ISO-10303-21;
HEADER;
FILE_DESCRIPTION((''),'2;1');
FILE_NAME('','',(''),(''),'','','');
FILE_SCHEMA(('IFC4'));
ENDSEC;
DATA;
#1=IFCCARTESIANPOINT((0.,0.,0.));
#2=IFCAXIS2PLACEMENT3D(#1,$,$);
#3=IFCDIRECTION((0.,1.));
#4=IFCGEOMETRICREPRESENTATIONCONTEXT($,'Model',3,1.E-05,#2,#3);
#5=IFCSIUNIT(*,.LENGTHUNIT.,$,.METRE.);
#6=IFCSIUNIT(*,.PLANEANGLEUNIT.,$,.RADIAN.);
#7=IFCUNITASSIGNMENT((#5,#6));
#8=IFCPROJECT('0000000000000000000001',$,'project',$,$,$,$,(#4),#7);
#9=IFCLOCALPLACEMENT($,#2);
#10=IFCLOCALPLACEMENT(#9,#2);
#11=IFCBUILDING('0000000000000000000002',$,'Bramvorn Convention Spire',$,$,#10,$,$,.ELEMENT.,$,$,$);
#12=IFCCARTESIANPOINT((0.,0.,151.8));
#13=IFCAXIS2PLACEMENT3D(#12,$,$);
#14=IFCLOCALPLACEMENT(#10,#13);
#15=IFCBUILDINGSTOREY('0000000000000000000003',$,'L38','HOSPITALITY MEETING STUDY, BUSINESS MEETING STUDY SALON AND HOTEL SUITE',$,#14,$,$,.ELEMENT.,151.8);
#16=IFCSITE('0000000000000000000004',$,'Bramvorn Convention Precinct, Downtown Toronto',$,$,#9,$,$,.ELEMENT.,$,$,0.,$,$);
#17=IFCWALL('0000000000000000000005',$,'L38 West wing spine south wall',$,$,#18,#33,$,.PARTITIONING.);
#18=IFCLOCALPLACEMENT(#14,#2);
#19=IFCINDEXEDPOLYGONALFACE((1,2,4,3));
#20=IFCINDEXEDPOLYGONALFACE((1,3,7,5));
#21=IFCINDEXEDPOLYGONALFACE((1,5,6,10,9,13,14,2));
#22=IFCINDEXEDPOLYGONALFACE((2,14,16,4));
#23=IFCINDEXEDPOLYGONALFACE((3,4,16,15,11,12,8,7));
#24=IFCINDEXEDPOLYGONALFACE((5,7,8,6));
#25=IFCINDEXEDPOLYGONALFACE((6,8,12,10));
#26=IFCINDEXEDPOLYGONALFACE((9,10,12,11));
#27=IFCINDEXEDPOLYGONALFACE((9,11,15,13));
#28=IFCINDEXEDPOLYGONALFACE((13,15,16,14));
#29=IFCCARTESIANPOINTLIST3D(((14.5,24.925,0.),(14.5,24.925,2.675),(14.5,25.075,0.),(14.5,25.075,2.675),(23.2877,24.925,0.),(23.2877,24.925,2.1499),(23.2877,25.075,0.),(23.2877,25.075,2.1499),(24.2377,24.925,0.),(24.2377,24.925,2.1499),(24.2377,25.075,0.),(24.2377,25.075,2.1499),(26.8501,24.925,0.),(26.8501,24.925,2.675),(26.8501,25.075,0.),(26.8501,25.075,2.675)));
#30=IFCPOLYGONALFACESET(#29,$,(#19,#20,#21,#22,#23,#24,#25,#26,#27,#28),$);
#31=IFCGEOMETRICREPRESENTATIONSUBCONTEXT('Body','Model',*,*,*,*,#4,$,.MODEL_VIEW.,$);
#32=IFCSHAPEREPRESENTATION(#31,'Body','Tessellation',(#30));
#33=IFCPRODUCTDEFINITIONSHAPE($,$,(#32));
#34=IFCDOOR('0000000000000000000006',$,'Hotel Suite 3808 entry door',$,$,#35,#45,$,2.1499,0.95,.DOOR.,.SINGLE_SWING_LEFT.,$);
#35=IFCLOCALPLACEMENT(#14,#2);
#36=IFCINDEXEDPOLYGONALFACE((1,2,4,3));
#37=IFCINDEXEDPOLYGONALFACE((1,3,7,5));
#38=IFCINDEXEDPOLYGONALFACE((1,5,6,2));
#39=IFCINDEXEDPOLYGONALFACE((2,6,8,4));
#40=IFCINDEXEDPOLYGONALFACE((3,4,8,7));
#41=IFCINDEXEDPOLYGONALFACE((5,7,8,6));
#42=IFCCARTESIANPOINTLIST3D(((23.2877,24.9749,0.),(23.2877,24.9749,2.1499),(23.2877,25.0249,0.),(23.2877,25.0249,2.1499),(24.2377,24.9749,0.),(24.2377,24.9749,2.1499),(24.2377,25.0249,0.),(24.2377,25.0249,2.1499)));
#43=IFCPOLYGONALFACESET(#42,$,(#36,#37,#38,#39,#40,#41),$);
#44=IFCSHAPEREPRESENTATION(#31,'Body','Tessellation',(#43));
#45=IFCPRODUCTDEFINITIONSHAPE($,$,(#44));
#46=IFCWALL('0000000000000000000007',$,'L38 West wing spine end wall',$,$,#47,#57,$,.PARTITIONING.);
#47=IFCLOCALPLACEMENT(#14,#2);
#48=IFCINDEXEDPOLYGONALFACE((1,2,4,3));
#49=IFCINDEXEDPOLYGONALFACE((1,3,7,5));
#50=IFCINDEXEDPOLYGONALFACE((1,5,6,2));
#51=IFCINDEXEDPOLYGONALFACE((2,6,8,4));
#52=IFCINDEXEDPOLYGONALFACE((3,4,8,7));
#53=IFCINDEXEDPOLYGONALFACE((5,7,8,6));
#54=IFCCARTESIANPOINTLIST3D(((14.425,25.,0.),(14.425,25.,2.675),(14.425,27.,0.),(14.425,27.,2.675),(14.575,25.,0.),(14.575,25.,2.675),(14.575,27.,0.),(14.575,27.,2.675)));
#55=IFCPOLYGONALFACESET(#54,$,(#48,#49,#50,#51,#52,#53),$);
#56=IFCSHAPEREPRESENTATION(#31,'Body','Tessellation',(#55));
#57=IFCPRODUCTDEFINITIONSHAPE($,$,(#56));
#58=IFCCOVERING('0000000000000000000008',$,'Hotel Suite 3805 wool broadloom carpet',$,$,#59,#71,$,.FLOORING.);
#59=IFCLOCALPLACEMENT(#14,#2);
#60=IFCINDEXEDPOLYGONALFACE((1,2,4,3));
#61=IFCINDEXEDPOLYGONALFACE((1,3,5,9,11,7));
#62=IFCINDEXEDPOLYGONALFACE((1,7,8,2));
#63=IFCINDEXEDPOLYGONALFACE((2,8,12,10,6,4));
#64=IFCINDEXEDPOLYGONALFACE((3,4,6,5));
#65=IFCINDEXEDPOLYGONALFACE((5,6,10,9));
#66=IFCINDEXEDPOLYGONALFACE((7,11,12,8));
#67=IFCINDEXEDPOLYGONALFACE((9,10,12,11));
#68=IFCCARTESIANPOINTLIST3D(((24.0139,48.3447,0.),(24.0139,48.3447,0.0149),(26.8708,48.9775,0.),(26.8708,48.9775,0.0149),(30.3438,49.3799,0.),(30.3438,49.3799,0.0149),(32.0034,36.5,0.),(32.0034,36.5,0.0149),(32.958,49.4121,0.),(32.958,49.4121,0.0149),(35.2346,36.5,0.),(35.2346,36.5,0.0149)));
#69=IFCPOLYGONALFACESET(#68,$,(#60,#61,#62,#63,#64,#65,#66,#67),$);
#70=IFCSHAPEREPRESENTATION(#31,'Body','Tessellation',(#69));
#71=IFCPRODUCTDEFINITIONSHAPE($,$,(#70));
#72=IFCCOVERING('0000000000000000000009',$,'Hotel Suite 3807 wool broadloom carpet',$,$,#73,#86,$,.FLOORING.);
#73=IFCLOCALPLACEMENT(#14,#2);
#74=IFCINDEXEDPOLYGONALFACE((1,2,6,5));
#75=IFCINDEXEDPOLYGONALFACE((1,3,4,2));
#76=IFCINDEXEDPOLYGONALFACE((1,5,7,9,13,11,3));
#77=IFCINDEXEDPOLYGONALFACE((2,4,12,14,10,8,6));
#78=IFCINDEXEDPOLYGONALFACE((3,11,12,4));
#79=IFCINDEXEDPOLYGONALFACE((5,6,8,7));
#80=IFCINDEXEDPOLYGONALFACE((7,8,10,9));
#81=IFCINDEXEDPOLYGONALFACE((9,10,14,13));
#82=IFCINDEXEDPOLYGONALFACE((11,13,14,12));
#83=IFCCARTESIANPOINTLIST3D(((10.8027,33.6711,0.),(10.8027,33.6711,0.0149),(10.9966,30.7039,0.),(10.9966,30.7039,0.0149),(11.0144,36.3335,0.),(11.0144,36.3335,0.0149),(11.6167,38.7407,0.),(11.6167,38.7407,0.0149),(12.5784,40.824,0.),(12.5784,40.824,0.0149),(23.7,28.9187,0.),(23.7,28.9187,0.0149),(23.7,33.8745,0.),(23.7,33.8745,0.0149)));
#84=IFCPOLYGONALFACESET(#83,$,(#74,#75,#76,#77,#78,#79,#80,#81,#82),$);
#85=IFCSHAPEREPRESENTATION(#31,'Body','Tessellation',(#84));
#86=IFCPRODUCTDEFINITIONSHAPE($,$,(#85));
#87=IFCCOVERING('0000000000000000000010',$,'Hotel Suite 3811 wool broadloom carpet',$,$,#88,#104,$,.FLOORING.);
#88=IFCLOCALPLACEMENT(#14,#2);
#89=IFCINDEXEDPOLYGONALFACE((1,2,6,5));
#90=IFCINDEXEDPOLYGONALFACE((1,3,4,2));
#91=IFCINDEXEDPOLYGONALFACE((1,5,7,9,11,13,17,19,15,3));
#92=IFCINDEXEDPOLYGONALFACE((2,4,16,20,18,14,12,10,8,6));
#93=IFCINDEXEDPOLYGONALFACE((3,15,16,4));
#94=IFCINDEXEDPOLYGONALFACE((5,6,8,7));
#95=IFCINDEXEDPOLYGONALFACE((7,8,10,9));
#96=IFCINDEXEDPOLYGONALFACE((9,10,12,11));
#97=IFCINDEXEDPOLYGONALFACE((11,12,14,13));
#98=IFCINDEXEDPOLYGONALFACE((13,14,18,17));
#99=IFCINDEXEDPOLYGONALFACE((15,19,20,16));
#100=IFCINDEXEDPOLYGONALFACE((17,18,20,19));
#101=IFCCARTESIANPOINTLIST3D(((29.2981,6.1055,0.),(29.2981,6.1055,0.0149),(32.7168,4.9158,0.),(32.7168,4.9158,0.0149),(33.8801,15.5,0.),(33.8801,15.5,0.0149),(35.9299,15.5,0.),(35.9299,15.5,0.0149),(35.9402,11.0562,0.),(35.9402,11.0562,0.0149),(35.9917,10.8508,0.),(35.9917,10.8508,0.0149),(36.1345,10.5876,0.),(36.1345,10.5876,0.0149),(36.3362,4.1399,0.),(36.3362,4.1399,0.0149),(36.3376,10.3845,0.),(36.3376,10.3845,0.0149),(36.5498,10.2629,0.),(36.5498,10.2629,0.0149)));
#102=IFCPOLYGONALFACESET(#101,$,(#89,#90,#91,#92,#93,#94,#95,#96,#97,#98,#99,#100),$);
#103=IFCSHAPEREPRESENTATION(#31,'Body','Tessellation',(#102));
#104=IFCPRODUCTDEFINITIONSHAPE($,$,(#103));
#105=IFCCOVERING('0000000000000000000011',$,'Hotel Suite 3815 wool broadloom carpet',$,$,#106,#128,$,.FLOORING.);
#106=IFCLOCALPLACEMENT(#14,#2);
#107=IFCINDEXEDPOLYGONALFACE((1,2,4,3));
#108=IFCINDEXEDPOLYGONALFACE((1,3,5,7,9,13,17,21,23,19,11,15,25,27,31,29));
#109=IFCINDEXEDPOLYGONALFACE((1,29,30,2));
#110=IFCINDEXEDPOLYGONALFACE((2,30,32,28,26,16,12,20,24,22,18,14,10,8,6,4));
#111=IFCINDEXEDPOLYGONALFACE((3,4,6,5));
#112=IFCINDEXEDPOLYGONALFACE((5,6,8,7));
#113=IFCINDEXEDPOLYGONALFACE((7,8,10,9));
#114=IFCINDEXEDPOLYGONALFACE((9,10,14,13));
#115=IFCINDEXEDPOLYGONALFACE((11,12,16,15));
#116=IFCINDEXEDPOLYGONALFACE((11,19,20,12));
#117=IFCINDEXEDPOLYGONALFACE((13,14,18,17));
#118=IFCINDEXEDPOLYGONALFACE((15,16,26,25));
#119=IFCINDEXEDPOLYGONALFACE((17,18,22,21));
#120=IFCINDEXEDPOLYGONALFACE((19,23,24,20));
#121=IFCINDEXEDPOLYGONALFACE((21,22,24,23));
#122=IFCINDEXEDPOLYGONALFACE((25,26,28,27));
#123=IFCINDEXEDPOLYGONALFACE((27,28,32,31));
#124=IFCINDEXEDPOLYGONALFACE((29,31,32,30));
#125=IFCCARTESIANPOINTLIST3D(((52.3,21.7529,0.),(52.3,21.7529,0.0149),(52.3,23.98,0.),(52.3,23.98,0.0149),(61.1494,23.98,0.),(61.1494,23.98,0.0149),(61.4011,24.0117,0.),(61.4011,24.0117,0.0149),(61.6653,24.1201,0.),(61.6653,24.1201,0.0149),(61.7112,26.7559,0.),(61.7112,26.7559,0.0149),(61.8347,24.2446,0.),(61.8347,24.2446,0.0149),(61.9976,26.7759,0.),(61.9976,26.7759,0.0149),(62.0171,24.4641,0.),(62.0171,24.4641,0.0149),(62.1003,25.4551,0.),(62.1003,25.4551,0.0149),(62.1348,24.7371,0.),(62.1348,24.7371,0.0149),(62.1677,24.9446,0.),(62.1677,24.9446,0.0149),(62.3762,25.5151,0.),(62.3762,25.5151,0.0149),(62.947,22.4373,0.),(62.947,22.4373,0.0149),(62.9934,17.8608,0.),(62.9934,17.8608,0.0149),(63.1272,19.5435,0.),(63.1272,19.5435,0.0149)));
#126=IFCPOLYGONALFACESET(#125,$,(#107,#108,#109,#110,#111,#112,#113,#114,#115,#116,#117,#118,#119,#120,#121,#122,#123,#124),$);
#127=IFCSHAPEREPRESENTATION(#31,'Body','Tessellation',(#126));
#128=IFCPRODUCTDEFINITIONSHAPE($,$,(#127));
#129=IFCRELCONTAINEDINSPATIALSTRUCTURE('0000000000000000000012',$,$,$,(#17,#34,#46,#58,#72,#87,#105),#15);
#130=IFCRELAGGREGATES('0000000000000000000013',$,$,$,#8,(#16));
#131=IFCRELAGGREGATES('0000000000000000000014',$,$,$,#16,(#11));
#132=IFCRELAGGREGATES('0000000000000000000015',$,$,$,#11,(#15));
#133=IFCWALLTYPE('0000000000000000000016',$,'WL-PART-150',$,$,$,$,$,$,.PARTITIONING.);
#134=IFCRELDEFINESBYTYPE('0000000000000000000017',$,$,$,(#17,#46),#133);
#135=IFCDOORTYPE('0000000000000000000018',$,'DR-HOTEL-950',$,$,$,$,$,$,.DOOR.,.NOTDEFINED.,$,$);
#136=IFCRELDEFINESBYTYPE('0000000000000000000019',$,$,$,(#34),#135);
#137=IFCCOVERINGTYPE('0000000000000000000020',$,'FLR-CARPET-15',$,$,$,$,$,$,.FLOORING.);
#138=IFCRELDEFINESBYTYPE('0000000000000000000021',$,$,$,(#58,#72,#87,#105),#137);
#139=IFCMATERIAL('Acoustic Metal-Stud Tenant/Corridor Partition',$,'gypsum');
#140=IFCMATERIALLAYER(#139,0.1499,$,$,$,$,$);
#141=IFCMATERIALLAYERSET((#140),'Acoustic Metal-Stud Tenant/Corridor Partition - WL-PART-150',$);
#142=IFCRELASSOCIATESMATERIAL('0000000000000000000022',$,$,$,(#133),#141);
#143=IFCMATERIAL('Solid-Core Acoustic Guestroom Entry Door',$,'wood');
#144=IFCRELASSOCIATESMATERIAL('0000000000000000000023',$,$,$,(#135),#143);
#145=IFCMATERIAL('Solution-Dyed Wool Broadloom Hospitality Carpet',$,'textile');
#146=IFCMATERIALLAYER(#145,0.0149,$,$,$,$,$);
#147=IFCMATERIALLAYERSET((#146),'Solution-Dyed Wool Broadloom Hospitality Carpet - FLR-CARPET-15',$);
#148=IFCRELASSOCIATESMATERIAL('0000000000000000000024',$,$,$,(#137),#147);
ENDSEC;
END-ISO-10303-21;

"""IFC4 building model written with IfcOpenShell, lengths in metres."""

from ifc_helpers import new_model, si_unit, direction, frame, frame_2d, origin, place, context, subcontext, project, spatial, polyline, rectangle, outline, extrude, material, layer, layer_set, type_object, element, fill, save


model = new_model("IFC4")

# Units and contexts
model_context = context("Model", 3, precision=1e-05, world=origin(), true_north=direction((0.0, 1.0)))
body_context = subcontext(model_context, "Body", "Model", "MODEL_VIEW")
ifc_project = project(units=[si_unit("LENGTHUNIT", "METRE"), si_unit("PLANEANGLEUNIT", "RADIAN")], contexts=[model_context])

# Site, building, storey
site_placement = place(None, origin())
site = spatial("IfcSite", under=ifc_project, at=site_placement, Name="Bramvorn Convention Precinct, Downtown Toronto", CompositionType="ELEMENT", RefElevation=0.0)
building_placement = place(site_placement, origin())
building = spatial("IfcBuilding", under=site, at=building_placement, Name="Bramvorn Convention Spire", CompositionType="ELEMENT")
storey_placement = place(building_placement, frame((0.0, 0.0, 151.8)))
storey = spatial("IfcBuildingStorey", under=building, at=storey_placement, Name="L38", Description="HOSPITALITY MEETING STUDY, BUSINESS MEETING STUDY SALON AND HOTEL SUITE", CompositionType="ELEMENT", Elevation=151.8)

# Wall, opening, door
ifc_material_1 = material(Name="Acoustic Metal-Stud Tenant/Corridor Partition", Category="gypsum")
ifc_layer_1 = layer(ifc_material_1, 0.1499)
ifc_layer_set_1 = layer_set([ifc_layer_1], Name="Acoustic Metal-Stud Tenant/Corridor Partition - WL-PART-150")
wall_type_1 = type_object("IfcWallType", Name="WL-PART-150", PredefinedType="PARTITIONING", material=ifc_layer_set_1)
wall_1_placement = place(storey_placement, frame((14.5, 25.0, 0.0), z_axis=(0.0, 0.0, 1.0), x_axis=(1.0, 0.0, 0.0)))
wall_1 = element("IfcWall", 1, at=wall_1_placement, inside=storey, type_object=wall_type_1, Name="L38 West wing spine south wall", PredefinedType="PARTITIONING", context=body_context, shape_type="SweptSolid", body=[
    extrude(rectangle(XDim=12.3501, YDim=0.1499, at=frame_2d((6.175, 0.0))), origin(), (0.0, 0.0, 1.0), 2.675),
])
opening_placement = place(wall_1_placement, frame((8.7876, 0.0, 0.0)))
opening = element("IfcOpeningElement", 2, at=opening_placement, cuts=wall_1, PredefinedType="OPENING", context=body_context, shape_type="SweptSolid", body=[
    extrude(rectangle(XDim=0.95, YDim=2.1499, at=frame_2d((0.4751, 1.075))), frame((0.0, 0.085, 0.0), z_axis=(0.0, -1.0, 0.0), x_axis=(1.0, 0.0, 0.0)), (0.0, 0.0, 1.0), 0.1699),
])
ifc_material_2 = material(Name="Solid-Core Acoustic Guestroom Entry Door", Category="wood")
door_type = type_object("IfcDoorType", Name="DR-HOTEL-950", OperationType="NOTDEFINED", PredefinedType="DOOR", material=ifc_material_2)
door_placement = place(opening_placement, origin())
door = element("IfcDoor", 3, at=door_placement, inside=storey, type_object=door_type, Name="Hotel Suite 3808 entry door", OperationType="SINGLE_SWING_LEFT", OverallHeight=2.1499, OverallWidth=0.95, PredefinedType="DOOR", context=body_context, shape_type="SweptSolid", body=[
    extrude(rectangle(XDim=0.95, YDim=2.1499, at=frame_2d((0.4751, 1.075))), frame((0.0, 0.0249, 0.0), z_axis=(0.0, -1.0, 0.0), x_axis=(1.0, 0.0, 0.0)), (0.0, 0.0, 1.0), 0.05),
])
fill(opening, door)

# Wall
wall_2_placement = place(storey_placement, frame((14.5, 25.0, 0.0), z_axis=(0.0, 0.0, 1.0), x_axis=(0.0, 1.0, 0.0)))
element("IfcWall", 4, at=wall_2_placement, inside=storey, type_object=wall_type_1, Name="L38 West wing spine end wall", PredefinedType="PARTITIONING", context=body_context, shape_type="SweptSolid", body=[
    extrude(rectangle(XDim=2.0, YDim=0.1499, at=frame_2d((1.0, 0.0))), origin(), (0.0, 0.0, 1.0), 2.675),
])

# Coverings
ifc_material_3 = material(Name="Solution-Dyed Wool Broadloom Hospitality Carpet", Category="textile")
ifc_layer_2 = layer(ifc_material_3, 0.0149)
ifc_layer_set_2 = layer_set([ifc_layer_2], Name="Solution-Dyed Wool Broadloom Hospitality Carpet - FLR-CARPET-15")
covering_type = type_object("IfcCoveringType", Name="FLR-CARPET-15", PredefinedType="FLOORING", material=ifc_layer_set_2)
covering_1_placement = place(storey_placement, origin())
element("IfcCovering", 5, at=covering_1_placement, inside=storey, type_object=covering_type, Name="Hotel Suite 3805 wool broadloom carpet", PredefinedType="FLOORING", context=body_context, shape_type="SweptSolid", body=[
    extrude(outline(polyline([(32.0034, 36.5), (35.2346, 36.5), (32.958, 49.4121), (30.3438, 49.3799), (26.8708, 48.9775), (24.0139, 48.3447), (32.0034, 36.5)])), origin(), (0.0, 0.0, 1.0), 0.0149),
])
covering_2_placement = place(storey_placement, origin())
element("IfcCovering", 6, at=covering_2_placement, inside=storey, type_object=covering_type, Name="Hotel Suite 3807 wool broadloom carpet", PredefinedType="FLOORING", context=body_context, shape_type="SweptSolid", body=[
    extrude(outline(polyline([(10.9966, 30.7039), (23.7, 28.9187), (23.7, 33.8745), (12.5784, 40.824), (11.6167, 38.7407), (11.0144, 36.3335), (10.8027, 33.6711), (10.9966, 30.7039)])), origin(), (0.0, 0.0, 1.0), 0.0149),
])
covering_3_placement = place(storey_placement, origin())
element("IfcCovering", 7, at=covering_3_placement, inside=storey, type_object=covering_type, Name="Hotel Suite 3811 wool broadloom carpet", PredefinedType="FLOORING", context=body_context, shape_type="SweptSolid", body=[
    extrude(outline(polyline([(32.7168, 4.9158), (36.3362, 4.1399), (36.5498, 10.2629), (36.3376, 10.3845), (36.1345, 10.5876), (35.9917, 10.8508), (35.9402, 11.0562), (35.9299, 15.5), (33.8801, 15.5), (29.2981, 6.1055), (32.7168, 4.9158)])), origin(), (0.0, 0.0, 1.0), 0.0149),
])
covering_4_placement = place(storey_placement, origin())
element("IfcCovering", 8, at=covering_4_placement, inside=storey, type_object=covering_type, Name="Hotel Suite 3815 wool broadloom carpet", PredefinedType="FLOORING", context=body_context, shape_type="SweptSolid", body=[
    extrude(outline(polyline([(62.1003, 25.4551), (62.1677, 24.9446), (62.1348, 24.7371), (62.0171, 24.4641), (61.8347, 24.2446), (61.6653, 24.1201), (61.4011, 24.0117), (61.1494, 23.98), (52.3, 23.98), (52.3, 21.7529), (62.9934, 17.8608), (63.1272, 19.5435), (62.947, 22.4373), (62.3762, 25.5151), (61.9976, 26.7759), (61.7112, 26.7559), (62.1003, 25.4551)])), origin(), (0.0, 0.0, 1.0), 0.0149),
])

save(model, "model.ifc")
